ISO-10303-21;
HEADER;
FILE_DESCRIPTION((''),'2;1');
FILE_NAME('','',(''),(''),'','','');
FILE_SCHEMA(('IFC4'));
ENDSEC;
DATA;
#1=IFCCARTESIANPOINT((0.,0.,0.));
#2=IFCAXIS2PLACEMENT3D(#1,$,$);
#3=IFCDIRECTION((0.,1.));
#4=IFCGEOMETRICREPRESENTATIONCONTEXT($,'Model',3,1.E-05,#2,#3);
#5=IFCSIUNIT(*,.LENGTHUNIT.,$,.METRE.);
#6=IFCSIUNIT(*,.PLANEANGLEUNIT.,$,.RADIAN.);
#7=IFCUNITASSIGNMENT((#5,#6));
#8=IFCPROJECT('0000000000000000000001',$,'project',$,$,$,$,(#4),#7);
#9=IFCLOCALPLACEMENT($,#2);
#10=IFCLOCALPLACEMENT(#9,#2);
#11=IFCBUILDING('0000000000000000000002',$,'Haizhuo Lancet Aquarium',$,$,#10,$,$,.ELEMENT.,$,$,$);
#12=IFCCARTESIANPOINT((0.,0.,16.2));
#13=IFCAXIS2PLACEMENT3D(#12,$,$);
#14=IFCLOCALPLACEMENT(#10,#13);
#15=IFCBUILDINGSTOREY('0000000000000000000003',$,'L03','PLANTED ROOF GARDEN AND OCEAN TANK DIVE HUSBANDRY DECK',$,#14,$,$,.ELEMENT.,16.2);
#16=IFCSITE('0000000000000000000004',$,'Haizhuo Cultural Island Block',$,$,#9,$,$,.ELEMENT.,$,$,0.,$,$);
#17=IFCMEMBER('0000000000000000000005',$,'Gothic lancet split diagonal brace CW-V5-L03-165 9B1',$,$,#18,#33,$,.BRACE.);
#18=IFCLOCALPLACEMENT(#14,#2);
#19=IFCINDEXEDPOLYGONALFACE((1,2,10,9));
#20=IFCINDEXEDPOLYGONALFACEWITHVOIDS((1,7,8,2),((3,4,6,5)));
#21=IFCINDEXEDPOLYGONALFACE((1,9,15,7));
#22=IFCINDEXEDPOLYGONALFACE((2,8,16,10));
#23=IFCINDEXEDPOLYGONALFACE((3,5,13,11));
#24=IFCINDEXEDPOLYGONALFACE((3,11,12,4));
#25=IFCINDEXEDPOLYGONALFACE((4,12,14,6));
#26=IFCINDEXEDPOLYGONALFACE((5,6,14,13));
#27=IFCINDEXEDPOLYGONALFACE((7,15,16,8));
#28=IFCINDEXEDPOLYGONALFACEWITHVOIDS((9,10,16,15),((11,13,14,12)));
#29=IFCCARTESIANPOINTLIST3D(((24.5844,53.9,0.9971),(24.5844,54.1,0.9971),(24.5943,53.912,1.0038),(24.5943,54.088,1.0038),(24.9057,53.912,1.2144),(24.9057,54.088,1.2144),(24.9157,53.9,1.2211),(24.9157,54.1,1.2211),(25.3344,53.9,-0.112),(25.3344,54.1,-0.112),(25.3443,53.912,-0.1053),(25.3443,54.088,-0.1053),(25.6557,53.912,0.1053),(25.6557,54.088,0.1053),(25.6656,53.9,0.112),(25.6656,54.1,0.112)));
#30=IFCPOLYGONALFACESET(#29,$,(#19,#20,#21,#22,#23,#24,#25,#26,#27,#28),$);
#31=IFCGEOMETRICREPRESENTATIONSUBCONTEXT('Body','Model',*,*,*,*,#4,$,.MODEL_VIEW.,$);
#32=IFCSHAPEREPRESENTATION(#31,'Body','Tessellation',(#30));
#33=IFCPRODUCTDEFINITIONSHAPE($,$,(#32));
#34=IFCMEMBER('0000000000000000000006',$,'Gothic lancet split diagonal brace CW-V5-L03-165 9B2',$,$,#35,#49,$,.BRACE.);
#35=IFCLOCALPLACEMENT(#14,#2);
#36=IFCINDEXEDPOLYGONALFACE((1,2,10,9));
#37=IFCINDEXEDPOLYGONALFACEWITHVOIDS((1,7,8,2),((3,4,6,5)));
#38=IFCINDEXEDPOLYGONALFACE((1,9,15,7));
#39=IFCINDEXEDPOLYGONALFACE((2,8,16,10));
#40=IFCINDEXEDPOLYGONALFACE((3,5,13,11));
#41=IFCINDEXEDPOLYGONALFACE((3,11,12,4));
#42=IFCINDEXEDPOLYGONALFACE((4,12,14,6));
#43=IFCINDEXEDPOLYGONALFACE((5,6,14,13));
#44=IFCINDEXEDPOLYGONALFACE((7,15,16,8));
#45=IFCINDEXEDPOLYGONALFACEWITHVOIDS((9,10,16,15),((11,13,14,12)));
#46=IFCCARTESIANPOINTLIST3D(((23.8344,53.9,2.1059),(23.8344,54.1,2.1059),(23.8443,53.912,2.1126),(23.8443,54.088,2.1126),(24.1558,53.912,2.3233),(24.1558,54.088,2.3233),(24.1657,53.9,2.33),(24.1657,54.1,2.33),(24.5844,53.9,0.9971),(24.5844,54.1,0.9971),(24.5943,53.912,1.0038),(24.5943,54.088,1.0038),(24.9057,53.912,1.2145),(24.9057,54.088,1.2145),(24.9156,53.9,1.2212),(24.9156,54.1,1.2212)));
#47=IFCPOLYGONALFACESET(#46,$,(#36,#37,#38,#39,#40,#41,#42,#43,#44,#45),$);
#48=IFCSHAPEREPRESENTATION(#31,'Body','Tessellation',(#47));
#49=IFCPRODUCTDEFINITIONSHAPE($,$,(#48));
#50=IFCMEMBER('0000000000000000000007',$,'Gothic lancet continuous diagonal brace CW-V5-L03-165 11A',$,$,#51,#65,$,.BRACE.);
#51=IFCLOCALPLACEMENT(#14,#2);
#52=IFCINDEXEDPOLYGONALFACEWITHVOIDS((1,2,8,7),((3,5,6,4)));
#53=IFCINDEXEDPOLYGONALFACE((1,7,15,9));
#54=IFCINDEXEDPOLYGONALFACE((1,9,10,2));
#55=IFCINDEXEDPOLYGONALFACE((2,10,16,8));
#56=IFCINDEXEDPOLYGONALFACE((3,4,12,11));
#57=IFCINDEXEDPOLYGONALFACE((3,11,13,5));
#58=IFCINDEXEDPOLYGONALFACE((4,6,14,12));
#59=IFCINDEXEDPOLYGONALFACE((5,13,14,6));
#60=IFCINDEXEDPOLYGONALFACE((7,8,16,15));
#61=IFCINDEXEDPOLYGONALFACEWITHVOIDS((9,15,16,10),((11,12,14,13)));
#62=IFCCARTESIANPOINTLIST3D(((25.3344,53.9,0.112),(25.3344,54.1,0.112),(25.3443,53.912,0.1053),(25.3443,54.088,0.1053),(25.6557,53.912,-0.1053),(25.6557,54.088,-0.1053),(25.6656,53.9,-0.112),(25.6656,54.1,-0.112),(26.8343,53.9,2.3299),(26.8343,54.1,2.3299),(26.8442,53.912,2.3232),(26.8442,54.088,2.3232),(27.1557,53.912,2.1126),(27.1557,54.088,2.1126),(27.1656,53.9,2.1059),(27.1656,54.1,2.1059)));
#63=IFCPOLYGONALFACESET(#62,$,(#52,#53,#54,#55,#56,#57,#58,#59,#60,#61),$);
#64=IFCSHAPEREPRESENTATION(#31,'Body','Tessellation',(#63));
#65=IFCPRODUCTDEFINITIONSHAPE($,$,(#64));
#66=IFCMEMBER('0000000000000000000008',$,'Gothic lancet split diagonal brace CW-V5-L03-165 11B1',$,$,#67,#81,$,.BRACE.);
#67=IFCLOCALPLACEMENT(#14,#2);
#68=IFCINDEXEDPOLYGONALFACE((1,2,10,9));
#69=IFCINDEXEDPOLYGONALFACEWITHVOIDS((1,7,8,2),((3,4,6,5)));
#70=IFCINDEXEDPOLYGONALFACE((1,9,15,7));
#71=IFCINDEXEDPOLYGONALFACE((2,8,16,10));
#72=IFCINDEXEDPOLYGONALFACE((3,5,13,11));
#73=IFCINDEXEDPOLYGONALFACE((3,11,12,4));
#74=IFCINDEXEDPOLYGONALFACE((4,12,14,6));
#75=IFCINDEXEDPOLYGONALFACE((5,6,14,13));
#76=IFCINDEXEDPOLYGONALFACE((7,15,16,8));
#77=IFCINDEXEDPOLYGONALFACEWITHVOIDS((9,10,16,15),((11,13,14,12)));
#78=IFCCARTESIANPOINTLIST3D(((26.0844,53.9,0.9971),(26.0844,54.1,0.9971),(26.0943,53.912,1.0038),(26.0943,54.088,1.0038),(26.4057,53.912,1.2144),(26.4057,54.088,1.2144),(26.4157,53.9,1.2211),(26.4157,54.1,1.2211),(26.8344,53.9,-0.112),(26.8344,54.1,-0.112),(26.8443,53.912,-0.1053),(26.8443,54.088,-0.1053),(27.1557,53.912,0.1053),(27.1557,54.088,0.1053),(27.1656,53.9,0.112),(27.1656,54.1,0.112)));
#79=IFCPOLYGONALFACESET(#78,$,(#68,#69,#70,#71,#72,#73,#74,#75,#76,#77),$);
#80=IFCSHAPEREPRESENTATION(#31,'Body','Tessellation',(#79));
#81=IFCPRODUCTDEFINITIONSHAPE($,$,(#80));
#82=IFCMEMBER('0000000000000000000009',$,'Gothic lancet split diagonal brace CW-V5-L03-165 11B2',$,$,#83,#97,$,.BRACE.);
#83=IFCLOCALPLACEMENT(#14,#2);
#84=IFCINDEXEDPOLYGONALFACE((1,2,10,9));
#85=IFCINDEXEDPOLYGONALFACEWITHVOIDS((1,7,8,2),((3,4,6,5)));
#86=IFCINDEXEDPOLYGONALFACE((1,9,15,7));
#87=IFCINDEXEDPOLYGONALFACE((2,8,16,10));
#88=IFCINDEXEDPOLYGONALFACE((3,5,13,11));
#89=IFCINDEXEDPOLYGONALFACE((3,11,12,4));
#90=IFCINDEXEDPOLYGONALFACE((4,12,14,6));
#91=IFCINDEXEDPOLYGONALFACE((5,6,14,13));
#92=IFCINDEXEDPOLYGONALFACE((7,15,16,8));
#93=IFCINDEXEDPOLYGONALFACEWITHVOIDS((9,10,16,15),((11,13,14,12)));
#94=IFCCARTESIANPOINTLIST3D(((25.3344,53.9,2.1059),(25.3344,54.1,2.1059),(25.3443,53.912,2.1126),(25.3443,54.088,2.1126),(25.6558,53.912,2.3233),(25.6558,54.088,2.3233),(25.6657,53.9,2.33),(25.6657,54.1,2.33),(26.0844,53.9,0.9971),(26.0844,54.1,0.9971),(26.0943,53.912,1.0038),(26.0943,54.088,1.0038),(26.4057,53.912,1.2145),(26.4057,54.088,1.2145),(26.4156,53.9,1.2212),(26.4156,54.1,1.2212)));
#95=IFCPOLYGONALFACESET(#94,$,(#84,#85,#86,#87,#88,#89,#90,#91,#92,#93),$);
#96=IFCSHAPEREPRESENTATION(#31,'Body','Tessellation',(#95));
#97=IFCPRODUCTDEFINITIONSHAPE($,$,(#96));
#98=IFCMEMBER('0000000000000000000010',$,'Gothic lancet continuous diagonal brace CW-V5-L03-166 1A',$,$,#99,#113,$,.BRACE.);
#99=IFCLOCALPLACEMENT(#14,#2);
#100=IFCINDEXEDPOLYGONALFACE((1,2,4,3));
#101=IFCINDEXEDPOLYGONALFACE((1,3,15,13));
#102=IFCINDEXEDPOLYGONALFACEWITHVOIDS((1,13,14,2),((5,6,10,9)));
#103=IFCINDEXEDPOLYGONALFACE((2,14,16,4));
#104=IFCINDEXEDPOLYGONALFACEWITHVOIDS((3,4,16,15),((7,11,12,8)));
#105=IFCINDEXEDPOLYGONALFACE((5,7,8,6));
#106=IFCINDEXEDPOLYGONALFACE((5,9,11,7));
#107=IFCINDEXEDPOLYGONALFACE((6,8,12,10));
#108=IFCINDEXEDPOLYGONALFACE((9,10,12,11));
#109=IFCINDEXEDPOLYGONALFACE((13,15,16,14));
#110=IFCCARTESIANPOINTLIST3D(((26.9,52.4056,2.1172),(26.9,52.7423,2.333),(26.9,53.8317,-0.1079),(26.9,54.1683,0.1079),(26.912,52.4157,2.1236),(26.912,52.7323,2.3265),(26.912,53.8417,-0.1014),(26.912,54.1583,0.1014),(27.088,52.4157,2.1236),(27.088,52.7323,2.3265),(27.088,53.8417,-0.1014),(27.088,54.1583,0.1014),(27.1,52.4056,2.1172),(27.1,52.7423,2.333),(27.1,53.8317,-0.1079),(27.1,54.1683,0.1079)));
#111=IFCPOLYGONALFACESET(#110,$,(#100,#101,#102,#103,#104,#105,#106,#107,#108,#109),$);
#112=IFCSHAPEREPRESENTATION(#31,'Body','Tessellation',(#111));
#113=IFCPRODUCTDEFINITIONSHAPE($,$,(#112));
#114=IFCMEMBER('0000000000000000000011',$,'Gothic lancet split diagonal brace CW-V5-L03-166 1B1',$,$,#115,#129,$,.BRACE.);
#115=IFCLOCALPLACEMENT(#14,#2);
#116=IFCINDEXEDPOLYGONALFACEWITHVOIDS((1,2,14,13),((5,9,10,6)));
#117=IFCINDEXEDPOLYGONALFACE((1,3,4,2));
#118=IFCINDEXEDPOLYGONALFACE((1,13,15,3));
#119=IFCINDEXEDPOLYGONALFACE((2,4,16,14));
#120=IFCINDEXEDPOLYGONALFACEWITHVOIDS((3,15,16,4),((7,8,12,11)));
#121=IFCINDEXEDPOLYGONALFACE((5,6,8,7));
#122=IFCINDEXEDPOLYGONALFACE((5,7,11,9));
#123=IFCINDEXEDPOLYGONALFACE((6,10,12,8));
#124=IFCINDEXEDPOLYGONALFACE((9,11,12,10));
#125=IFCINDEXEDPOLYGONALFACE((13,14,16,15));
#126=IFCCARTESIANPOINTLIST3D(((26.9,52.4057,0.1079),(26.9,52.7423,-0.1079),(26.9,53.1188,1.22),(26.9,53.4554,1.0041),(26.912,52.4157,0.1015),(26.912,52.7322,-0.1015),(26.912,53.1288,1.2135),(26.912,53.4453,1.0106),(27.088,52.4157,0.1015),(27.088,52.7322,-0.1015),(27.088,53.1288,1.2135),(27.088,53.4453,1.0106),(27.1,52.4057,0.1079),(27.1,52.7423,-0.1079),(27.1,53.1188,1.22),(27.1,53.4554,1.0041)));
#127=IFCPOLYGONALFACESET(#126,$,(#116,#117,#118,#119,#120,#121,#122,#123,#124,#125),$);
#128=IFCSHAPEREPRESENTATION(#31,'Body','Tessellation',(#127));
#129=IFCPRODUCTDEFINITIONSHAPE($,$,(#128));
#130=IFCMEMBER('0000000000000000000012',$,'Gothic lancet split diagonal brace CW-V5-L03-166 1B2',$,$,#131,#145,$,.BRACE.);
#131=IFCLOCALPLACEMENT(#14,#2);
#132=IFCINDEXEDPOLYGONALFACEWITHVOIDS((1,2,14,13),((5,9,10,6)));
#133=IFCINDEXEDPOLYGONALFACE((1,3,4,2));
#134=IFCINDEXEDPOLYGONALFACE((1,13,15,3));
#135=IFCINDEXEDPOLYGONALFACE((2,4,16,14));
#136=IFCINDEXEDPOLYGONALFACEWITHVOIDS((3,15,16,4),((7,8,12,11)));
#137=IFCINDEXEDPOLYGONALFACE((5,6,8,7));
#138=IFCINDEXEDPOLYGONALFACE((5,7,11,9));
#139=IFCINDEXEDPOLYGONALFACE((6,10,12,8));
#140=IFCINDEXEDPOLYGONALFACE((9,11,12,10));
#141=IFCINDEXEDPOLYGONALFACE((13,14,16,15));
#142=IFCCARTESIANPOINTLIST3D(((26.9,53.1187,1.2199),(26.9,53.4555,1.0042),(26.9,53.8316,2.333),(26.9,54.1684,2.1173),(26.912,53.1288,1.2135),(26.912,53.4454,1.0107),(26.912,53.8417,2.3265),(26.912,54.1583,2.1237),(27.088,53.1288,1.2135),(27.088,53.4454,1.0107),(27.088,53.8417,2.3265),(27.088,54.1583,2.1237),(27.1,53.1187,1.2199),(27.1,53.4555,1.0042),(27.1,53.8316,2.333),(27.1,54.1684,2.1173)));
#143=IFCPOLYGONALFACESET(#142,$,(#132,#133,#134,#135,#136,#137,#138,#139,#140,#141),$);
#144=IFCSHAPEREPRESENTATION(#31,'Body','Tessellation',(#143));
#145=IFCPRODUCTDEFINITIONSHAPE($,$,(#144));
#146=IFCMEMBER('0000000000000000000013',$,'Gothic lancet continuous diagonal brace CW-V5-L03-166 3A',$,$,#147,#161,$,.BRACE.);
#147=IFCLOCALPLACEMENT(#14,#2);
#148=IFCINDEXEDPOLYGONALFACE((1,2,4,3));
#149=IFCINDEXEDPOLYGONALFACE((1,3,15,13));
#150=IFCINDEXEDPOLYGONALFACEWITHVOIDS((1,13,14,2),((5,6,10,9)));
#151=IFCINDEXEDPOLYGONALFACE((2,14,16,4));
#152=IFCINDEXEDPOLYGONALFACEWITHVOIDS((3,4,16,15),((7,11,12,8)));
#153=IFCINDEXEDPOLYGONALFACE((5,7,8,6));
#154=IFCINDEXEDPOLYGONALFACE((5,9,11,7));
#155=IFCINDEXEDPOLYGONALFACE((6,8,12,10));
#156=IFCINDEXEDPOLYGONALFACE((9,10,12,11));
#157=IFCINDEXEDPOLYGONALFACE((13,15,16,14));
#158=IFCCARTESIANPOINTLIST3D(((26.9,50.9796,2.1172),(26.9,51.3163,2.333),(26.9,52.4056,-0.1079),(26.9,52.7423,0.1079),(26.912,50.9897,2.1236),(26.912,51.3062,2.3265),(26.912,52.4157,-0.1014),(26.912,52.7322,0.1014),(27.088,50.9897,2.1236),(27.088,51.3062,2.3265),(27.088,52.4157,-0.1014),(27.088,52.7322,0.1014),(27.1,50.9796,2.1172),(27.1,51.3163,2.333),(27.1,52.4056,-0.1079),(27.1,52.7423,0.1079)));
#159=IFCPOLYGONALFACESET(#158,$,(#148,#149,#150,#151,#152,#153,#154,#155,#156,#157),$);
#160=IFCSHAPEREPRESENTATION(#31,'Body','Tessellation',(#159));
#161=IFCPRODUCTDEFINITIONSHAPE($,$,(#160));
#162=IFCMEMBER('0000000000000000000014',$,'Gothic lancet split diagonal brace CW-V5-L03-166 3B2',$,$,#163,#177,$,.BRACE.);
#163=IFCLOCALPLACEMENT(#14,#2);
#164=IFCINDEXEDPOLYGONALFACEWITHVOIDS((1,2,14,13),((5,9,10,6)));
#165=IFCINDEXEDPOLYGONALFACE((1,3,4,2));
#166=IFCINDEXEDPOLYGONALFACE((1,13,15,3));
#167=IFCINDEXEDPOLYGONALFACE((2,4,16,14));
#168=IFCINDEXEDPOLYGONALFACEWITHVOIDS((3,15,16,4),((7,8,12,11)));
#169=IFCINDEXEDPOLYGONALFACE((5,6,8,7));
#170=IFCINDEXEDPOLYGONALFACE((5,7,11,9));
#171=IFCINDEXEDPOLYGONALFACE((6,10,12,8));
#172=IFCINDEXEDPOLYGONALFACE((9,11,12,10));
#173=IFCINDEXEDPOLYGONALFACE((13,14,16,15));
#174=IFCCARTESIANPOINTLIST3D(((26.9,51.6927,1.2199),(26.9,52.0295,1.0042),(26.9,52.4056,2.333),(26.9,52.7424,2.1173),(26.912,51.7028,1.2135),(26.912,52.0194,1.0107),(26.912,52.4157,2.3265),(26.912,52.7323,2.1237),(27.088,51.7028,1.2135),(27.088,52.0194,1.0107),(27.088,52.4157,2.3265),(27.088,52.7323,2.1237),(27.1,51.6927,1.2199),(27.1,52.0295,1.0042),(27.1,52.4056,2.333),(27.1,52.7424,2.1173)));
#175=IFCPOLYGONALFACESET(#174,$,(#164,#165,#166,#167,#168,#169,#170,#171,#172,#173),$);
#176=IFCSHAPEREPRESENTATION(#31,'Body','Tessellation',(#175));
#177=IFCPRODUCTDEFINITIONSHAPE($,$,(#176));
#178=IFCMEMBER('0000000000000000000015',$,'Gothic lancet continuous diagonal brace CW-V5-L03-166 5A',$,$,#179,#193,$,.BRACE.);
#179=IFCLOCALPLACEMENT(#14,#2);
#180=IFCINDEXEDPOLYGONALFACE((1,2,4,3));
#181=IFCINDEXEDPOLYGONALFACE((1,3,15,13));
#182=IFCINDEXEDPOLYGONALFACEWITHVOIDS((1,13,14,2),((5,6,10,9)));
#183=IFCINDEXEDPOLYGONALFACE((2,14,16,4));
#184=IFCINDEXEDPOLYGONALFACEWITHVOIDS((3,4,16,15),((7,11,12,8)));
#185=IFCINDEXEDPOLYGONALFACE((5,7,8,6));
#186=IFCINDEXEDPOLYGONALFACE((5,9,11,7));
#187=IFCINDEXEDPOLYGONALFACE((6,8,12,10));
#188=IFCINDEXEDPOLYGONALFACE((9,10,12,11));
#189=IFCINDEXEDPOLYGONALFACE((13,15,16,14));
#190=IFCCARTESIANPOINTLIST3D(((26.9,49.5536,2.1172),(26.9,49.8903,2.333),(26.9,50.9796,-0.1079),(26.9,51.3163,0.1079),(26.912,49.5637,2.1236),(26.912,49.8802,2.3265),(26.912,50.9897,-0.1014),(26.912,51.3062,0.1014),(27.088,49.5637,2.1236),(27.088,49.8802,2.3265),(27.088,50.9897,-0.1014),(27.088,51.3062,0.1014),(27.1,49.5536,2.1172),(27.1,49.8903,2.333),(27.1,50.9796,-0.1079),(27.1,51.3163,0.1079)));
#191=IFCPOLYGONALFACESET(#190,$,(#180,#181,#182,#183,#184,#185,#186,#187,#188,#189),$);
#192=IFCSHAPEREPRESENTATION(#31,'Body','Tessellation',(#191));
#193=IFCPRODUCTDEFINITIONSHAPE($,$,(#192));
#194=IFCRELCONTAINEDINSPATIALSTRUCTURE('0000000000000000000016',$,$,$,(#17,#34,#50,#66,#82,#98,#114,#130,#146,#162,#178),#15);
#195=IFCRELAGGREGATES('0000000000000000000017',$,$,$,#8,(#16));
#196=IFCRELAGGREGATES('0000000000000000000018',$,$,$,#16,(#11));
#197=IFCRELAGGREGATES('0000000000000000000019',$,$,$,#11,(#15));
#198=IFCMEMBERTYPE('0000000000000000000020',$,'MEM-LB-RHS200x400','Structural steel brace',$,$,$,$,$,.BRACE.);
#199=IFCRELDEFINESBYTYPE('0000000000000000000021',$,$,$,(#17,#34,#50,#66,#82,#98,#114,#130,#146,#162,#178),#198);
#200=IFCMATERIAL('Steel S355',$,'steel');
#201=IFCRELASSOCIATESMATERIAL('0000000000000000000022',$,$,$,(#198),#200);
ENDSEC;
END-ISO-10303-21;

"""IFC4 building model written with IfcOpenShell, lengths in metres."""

from ifc_helpers import new_model, si_unit, direction, frame, origin, origin_2d, place, context, subcontext, project, spatial, hollow_rectangle, extrude, material, material_profile, profile_set, type_object, element, save


model = new_model("IFC4")

# Units and contexts
model_context = context("Model", 3, precision=1e-05, world=origin(), true_north=direction((0.0, 1.0)))
body_context = subcontext(model_context, "Body", "Model", "MODEL_VIEW")
ifc_project = project(units=[si_unit("LENGTHUNIT", "METRE"), si_unit("PLANEANGLEUNIT", "RADIAN")], contexts=[model_context])

# Site, building, storey
site_placement = place(None, origin())
site = spatial("IfcSite", under=ifc_project, at=site_placement, Name="Haizhuo Cultural Island Block", CompositionType="ELEMENT", RefElevation=0.0)
building_placement = place(site_placement, origin())
building = spatial("IfcBuilding", under=site, at=building_placement, Name="Haizhuo Lancet Aquarium", CompositionType="ELEMENT")
storey_placement = place(building_placement, frame((0.0, 0.0, 16.2)))
storey = spatial("IfcBuildingStorey", under=building, at=storey_placement, Name="L03", Description="PLANTED ROOF GARDEN AND OCEAN TANK DIVE HUSBANDRY DECK", CompositionType="ELEMENT", Elevation=16.2)

# Members
ifc_material_1 = material(Name="Steel S355", Category="steel")
ifc_material_profile_1 = material_profile(ifc_material_1, hollow_rectangle(XDim=0.2, YDim=0.3999, WallThickness=0.012, at=origin_2d()), Name="RHS 200x400x12")
ifc_profile_set_1 = profile_set([ifc_material_profile_1], Name="Steel S355")
member_type_1 = type_object("IfcMemberType", Name="MEM-LB-RHS200x400", Description="Structural steel brace", PredefinedType="BRACE", material=ifc_profile_set_1)
member_1_placement = place(storey_placement, frame((25.5, 54.0, 0.0), z_axis=(-0.560159, 0.0, 0.828385), x_axis=(0.0, -1.0, 0.0)))
element("IfcMember", 1, at=member_1_placement, inside=storey, type_object=member_type_1, Name="Gothic lancet split diagonal brace CW-V5-L03-165 9B1", PredefinedType="BRACE", context=body_context, shape_type="SweptSolid", body=[
    extrude(hollow_rectangle(XDim=0.2, YDim=0.3999, WallThickness=0.012, at=origin_2d()), origin(), (0.0, 0.0, 1.0), 1.3389),
])
member_2_placement = place(storey_placement, frame((24.75, 54.0, 1.1091), z_axis=(-0.560243, 0.0, 0.828328), x_axis=(0.0, -1.0, 0.0)))
element("IfcMember", 2, at=member_2_placement, inside=storey, type_object=member_type_1, Name="Gothic lancet split diagonal brace CW-V5-L03-165 9B2", PredefinedType="BRACE", context=body_context, shape_type="SweptSolid", body=[
    extrude(hollow_rectangle(XDim=0.2, YDim=0.3999, WallThickness=0.012, at=origin_2d()), origin(), (0.0, 0.0, 1.0), 1.3386),
])
member_3_placement = place(storey_placement, frame((25.5, 54.0, 0.0), z_axis=(0.560201, 0.0, 0.828357), x_axis=(0.0, 1.0, 0.0)))
element("IfcMember", 3, at=member_3_placement, inside=storey, type_object=member_type_1, Name="Gothic lancet continuous diagonal brace CW-V5-L03-165 11A", PredefinedType="BRACE", context=body_context, shape_type="SweptSolid", body=[
    extrude(hollow_rectangle(XDim=0.2, YDim=0.3999, WallThickness=0.012, at=origin_2d()), origin(), (0.0, 0.0, 1.0), 2.6775),
])
member_4_placement = place(storey_placement, frame((27.0, 54.0, 0.0), z_axis=(-0.560159, 0.0, 0.828385), x_axis=(0.0, -1.0, 0.0)))
element("IfcMember", 4, at=member_4_placement, inside=storey, type_object=member_type_1, Name="Gothic lancet split diagonal brace CW-V5-L03-165 11B1", PredefinedType="BRACE", context=body_context, shape_type="SweptSolid", body=[
    extrude(hollow_rectangle(XDim=0.2, YDim=0.3999, WallThickness=0.012, at=origin_2d()), origin(), (0.0, 0.0, 1.0), 1.3389),
])
member_5_placement = place(storey_placement, frame((26.25, 54.0, 1.1091), z_axis=(-0.560243, 0.0, 0.828328), x_axis=(0.0, -1.0, 0.0)))
element("IfcMember", 5, at=member_5_placement, inside=storey, type_object=member_type_1, Name="Gothic lancet split diagonal brace CW-V5-L03-165 11B2", PredefinedType="BRACE", context=body_context, shape_type="SweptSolid", body=[
    extrude(hollow_rectangle(XDim=0.2, YDim=0.3999, WallThickness=0.012, at=origin_2d()), origin(), (0.0, 0.0, 1.0), 1.3386),
])
member_6_placement = place(storey_placement, frame((27.0, 54.0, 0.0), z_axis=(0.0, -0.53958, 0.841934), x_axis=(1.0, 0.0, 0.0)))
element("IfcMember", 6, at=member_6_placement, inside=storey, type_object=member_type_1, Name="Gothic lancet continuous diagonal brace CW-V5-L03-166 1A", PredefinedType="BRACE", context=body_context, shape_type="SweptSolid", body=[
    extrude(hollow_rectangle(XDim=0.2, YDim=0.3999, WallThickness=0.012, at=origin_2d()), origin(), (0.0, 0.0, 1.0), 2.6428),
])
member_7_placement = place(storey_placement, frame((27.0, 52.574, 0.0), z_axis=(0.0, 0.539814, 0.841784), x_axis=(-1.0, 0.0, 0.0)))
element("IfcMember", 7, at=member_7_placement, inside=storey, type_object=member_type_1, Name="Gothic lancet split diagonal brace CW-V5-L03-166 1B1", PredefinedType="BRACE", context=body_context, shape_type="SweptSolid", body=[
    extrude(hollow_rectangle(XDim=0.2, YDim=0.3999, WallThickness=0.012, at=origin_2d()), origin(), (0.0, 0.0, 1.0), 1.321),
])
member_8_placement = place(storey_placement, frame((27.0, 53.2871, 1.1121), z_axis=(0.0, 0.539347, 0.842083), x_axis=(-1.0, 0.0, 0.0)))
element("IfcMember", 8, at=member_8_placement, inside=storey, type_object=member_type_1, Name="Gothic lancet split diagonal brace CW-V5-L03-166 1B2", PredefinedType="BRACE", context=body_context, shape_type="SweptSolid", body=[
    extrude(hollow_rectangle(XDim=0.2, YDim=0.3999, WallThickness=0.012, at=origin_2d()), origin(), (0.0, 0.0, 1.0), 1.3218),
])
member_9_placement = place(storey_placement, frame((27.0, 52.574, 0.0), z_axis=(0.0, -0.53958, 0.841934), x_axis=(1.0, 0.0, 0.0)))
element("IfcMember", 9, at=member_9_placement, inside=storey, type_object=member_type_1, Name="Gothic lancet continuous diagonal brace CW-V5-L03-166 3A", PredefinedType="BRACE", context=body_context, shape_type="SweptSolid", body=[
    extrude(hollow_rectangle(XDim=0.2, YDim=0.3999, WallThickness=0.012, at=origin_2d()), origin(), (0.0, 0.0, 1.0), 2.6428),
])
member_10_placement = place(storey_placement, frame((27.0, 51.8611, 1.1121), z_axis=(0.0, 0.539347, 0.842083), x_axis=(-1.0, 0.0, 0.0)))
element("IfcMember", 10, at=member_10_placement, inside=storey, type_object=member_type_1, Name="Gothic lancet split diagonal brace CW-V5-L03-166 3B2", PredefinedType="BRACE", context=body_context, shape_type="SweptSolid", body=[
    extrude(hollow_rectangle(XDim=0.2, YDim=0.3999, WallThickness=0.012, at=origin_2d()), origin(), (0.0, 0.0, 1.0), 1.3218),
])
member_11_placement = place(storey_placement, frame((27.0, 51.1479, 0.0), z_axis=(0.0, -0.53958, 0.841934), x_axis=(1.0, 0.0, 0.0)))
element("IfcMember", 11, at=member_11_placement, inside=storey, type_object=member_type_1, Name="Gothic lancet continuous diagonal brace CW-V5-L03-166 5A", PredefinedType="BRACE", context=body_context, shape_type="SweptSolid", body=[
    extrude(hollow_rectangle(XDim=0.2, YDim=0.3999, WallThickness=0.012, at=origin_2d()), origin(), (0.0, 0.0, 1.0), 2.6428),
])

save(model, "model.ifc")
